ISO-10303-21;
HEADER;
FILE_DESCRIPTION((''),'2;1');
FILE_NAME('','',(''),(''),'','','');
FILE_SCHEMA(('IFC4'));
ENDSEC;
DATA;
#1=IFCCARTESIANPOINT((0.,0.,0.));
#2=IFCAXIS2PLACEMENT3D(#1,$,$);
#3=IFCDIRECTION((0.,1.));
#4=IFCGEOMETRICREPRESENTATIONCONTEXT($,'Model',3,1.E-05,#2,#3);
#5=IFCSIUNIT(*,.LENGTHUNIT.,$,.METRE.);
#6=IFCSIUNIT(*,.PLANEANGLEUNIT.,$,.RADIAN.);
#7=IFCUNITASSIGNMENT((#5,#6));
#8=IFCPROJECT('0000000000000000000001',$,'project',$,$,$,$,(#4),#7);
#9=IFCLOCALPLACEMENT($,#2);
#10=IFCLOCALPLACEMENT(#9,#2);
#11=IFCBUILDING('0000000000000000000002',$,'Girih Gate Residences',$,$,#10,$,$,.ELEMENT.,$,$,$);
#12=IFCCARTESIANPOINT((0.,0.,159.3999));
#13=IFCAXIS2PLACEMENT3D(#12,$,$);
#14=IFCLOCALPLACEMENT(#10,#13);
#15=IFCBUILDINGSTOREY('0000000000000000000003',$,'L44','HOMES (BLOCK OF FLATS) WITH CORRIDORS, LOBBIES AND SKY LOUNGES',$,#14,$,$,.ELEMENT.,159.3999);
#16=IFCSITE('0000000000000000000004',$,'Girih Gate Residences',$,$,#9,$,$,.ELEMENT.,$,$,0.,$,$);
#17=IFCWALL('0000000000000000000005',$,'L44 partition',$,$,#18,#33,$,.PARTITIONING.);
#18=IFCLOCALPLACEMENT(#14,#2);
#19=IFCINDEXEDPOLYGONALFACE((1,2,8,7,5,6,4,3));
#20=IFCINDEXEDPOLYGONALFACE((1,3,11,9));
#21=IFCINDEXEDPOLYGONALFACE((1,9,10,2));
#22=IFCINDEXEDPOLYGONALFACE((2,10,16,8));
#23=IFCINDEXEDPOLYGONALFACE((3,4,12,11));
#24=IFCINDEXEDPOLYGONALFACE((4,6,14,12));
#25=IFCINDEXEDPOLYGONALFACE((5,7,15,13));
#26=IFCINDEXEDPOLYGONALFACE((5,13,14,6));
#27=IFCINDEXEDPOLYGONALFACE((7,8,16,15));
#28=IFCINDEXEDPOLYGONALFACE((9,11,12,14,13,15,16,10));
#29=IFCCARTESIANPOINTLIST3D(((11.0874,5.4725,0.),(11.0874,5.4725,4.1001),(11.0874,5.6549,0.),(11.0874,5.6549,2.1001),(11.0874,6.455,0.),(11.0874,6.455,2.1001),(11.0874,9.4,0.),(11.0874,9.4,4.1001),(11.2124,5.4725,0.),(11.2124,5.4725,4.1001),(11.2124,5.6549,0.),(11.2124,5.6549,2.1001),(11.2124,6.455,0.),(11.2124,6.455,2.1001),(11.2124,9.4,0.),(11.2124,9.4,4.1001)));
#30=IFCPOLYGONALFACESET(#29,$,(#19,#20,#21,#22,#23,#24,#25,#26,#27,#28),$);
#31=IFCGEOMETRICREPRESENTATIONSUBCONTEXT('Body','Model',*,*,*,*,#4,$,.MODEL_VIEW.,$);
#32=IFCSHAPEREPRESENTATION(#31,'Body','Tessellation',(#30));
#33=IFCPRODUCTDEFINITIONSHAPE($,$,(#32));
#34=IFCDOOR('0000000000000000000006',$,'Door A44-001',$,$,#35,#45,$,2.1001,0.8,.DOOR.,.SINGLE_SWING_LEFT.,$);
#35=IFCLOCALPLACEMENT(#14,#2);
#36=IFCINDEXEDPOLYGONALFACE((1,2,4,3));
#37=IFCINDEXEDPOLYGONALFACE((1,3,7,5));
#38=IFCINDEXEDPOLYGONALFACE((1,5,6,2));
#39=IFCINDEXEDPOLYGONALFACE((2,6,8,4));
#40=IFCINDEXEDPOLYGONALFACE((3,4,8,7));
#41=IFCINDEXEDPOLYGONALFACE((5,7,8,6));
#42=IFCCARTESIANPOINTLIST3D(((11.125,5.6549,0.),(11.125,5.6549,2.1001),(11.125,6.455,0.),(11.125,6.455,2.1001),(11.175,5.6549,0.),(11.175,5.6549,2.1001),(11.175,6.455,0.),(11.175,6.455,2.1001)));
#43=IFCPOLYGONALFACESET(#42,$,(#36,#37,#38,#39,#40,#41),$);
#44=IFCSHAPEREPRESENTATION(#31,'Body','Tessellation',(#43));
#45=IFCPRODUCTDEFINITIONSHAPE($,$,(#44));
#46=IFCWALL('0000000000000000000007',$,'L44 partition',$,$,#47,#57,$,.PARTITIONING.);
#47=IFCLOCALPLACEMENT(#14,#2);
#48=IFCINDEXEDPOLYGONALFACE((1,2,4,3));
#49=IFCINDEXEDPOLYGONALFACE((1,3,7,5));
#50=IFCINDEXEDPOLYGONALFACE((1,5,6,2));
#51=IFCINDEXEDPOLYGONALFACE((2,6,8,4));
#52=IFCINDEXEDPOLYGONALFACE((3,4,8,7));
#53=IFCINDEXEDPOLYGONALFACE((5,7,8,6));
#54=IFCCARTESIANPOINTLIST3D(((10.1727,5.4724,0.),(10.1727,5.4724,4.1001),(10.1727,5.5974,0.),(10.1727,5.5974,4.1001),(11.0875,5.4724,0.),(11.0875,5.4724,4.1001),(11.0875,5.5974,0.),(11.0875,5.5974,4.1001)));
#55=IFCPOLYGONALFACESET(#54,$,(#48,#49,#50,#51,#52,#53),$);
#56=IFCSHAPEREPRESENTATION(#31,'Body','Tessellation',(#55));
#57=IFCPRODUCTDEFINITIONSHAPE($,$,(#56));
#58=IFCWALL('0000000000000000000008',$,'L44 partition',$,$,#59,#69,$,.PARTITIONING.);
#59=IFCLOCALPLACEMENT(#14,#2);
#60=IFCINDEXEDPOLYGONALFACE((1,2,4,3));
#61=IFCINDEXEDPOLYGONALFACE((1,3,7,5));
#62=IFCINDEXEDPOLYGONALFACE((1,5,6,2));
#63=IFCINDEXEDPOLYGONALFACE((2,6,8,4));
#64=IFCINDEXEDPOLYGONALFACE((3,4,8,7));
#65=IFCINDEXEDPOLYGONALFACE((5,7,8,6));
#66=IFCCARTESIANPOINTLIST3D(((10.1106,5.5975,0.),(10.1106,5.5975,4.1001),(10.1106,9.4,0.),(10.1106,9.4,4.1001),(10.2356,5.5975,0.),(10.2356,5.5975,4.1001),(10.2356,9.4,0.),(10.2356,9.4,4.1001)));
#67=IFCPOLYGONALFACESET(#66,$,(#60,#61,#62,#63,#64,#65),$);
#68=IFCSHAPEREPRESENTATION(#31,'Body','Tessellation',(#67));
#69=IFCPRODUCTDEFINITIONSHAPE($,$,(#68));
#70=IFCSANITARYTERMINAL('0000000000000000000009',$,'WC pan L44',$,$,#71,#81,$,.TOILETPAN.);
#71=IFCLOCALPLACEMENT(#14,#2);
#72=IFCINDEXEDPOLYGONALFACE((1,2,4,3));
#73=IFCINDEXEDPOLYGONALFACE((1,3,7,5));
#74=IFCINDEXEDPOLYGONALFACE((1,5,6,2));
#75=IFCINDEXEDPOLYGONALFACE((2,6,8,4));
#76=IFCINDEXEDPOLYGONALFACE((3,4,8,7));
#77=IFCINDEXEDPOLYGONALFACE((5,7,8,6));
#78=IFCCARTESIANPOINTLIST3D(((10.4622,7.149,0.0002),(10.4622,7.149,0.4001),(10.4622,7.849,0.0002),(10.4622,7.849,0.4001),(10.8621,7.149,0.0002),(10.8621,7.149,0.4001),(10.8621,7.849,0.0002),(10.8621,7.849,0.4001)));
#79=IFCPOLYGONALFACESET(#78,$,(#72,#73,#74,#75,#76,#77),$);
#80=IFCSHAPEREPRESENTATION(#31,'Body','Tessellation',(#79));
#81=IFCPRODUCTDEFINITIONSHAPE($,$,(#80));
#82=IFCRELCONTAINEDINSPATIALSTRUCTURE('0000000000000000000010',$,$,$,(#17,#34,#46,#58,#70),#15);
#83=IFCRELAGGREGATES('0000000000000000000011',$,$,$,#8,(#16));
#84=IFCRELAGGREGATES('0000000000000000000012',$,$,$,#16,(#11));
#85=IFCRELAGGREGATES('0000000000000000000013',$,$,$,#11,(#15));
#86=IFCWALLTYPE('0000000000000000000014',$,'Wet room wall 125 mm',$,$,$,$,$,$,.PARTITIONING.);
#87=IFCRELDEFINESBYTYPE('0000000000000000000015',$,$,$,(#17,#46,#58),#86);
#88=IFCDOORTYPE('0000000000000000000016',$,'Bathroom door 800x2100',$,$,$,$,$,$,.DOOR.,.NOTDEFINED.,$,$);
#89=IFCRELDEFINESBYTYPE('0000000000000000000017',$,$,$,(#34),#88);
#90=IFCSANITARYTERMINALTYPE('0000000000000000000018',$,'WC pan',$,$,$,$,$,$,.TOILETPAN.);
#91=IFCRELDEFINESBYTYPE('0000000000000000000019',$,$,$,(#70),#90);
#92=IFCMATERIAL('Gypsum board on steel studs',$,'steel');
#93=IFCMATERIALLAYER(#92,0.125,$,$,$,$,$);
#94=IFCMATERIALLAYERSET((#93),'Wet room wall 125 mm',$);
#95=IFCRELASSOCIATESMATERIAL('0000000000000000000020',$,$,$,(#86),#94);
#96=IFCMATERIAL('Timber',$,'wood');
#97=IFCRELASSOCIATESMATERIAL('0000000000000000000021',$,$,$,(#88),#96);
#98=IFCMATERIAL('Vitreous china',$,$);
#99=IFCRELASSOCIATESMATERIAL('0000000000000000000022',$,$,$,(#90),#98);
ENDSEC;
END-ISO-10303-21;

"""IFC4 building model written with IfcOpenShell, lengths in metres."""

from ifc_helpers import new_model, si_unit, direction, frame, frame_2d, origin, origin_2d, place, context, subcontext, project, spatial, rectangle, extrude, material, layer, layer_set, type_object, element, fill, save


model = new_model("IFC4")

# Units and contexts
model_context = context("Model", 3, precision=1e-05, world=origin(), true_north=direction((0.0, 1.0)))
body_context = subcontext(model_context, "Body", "Model", "MODEL_VIEW")
ifc_project = project(units=[si_unit("LENGTHUNIT", "METRE"), si_unit("PLANEANGLEUNIT", "RADIAN")], contexts=[model_context])

# Site, building, storey
site_placement = place(None, origin())
site = spatial("IfcSite", under=ifc_project, at=site_placement, Name="Girih Gate Residences", CompositionType="ELEMENT", RefElevation=0.0)
building_placement = place(site_placement, origin())
building = spatial("IfcBuilding", under=site, at=building_placement, Name="Girih Gate Residences", CompositionType="ELEMENT")
storey_placement = place(building_placement, frame((0.0, 0.0, 159.3999)))
storey = spatial("IfcBuildingStorey", under=building, at=storey_placement, Name="L44", Description="HOMES (BLOCK OF FLATS) WITH CORRIDORS, LOBBIES AND SKY LOUNGES", CompositionType="ELEMENT", Elevation=159.3999)

# Shared definitions
ifc_material_1 = material(Name="Gypsum board on steel studs", Category="steel")

# Shared definitions
ifc_material_2 = material(Name="Timber", Category="wood")

# Wall, opening, door
ifc_layer_1 = layer(ifc_material_1, 0.125)
ifc_layer_set_1 = layer_set([ifc_layer_1], Name="Wet room wall 125 mm")
wall_type_1 = type_object("IfcWallType", Name="Wet room wall 125 mm", PredefinedType="PARTITIONING", material=ifc_layer_set_1)
wall_1_placement = place(storey_placement, frame((11.1499, 5.4724, 0.0), z_axis=(0.0, 0.0, 1.0), x_axis=(0.0, 1.0, 0.0)))
wall_1 = element("IfcWall", 1, at=wall_1_placement, inside=storey, type_object=wall_type_1, Name="L44 partition", PredefinedType="PARTITIONING", context=body_context, shape_type="SweptSolid", body=[
    extrude(rectangle(XDim=3.9275, YDim=0.125, at=frame_2d((1.9639, 0.0))), origin(), (0.0, 0.0, 1.0), 4.1001),
])
opening_1_placement = place(wall_1_placement, frame((0.1826, 0.0, 0.0)))
opening_1 = element("IfcOpeningElement", 2, at=opening_1_placement, cuts=wall_1, PredefinedType="OPENING", context=body_context, shape_type="SweptSolid", body=[
    extrude(rectangle(XDim=0.8, YDim=2.1001, at=frame_2d((0.3999, 1.05))), frame((0.0, 0.0725, 0.0), z_axis=(0.0, -1.0, 0.0), x_axis=(1.0, 0.0, 0.0)), (0.0, 0.0, 1.0), 0.145),
])
door_type_1 = type_object("IfcDoorType", Name="Bathroom door 800x2100", OperationType="NOTDEFINED", PredefinedType="DOOR", material=ifc_material_2)
door_1_placement = place(opening_1_placement, origin())
door_1 = element("IfcDoor", 3, at=door_1_placement, inside=storey, type_object=door_type_1, Name="Door A44-001", OperationType="SINGLE_SWING_LEFT", OverallHeight=2.1001, OverallWidth=0.8, PredefinedType="DOOR", context=body_context, shape_type="SweptSolid", body=[
    extrude(rectangle(XDim=0.8, YDim=2.1001, at=frame_2d((0.3999, 1.05))), frame((0.0, 0.0249, 0.0), z_axis=(0.0, -1.0, 0.0), x_axis=(1.0, 0.0, 0.0)), (0.0, 0.0, 1.0), 0.05),
])
fill(opening_1, door_1)

# Walls
wall_2_placement = place(storey_placement, frame((10.1726, 5.5349, 0.0), z_axis=(0.0, 0.0, 1.0), x_axis=(1.0, 0.0, 0.0)))
element("IfcWall", 4, at=wall_2_placement, inside=storey, type_object=wall_type_1, Name="L44 partition", PredefinedType="PARTITIONING", context=body_context, shape_type="SweptSolid", body=[
    extrude(rectangle(XDim=0.9148, YDim=0.125, at=frame_2d((0.4575, 0.0))), origin(), (0.0, 0.0, 1.0), 4.1001),
])
wall_3_placement = place(storey_placement, frame((10.1731, 5.5974, 0.0), z_axis=(0.0, 0.0, 1.0), x_axis=(0.0, 1.0, 0.0)))
element("IfcWall", 5, at=wall_3_placement, inside=storey, type_object=wall_type_1, Name="L44 partition", PredefinedType="PARTITIONING", context=body_context, shape_type="SweptSolid", body=[
    extrude(rectangle(XDim=3.8025, YDim=0.125, at=frame_2d((1.9014, 0.0))), origin(), (0.0, 0.0, 1.0), 4.1001),
])

# Sanitary terminal
ifc_material_3 = material(Name="Vitreous china")
sanitary_terminal_type = type_object("IfcSanitaryTerminalType", Name="WC pan", PredefinedType="TOILETPAN", material=ifc_material_3)
sanitary_terminal_placement = place(storey_placement, frame((10.6621, 7.499, 0.0002), z_axis=(0.0, 0.0, 1.0), x_axis=(1.0, 0.0, 0.0)))
element("IfcSanitaryTerminal", 6, at=sanitary_terminal_placement, inside=storey, type_object=sanitary_terminal_type, Name="WC pan L44", PredefinedType="TOILETPAN", context=body_context, shape_type="SweptSolid", body=[
    extrude(rectangle(XDim=0.3999, YDim=0.7, at=origin_2d()), origin(), (0.0, 0.0, 1.0), 0.3999),
])

save(model, "model.ifc")
